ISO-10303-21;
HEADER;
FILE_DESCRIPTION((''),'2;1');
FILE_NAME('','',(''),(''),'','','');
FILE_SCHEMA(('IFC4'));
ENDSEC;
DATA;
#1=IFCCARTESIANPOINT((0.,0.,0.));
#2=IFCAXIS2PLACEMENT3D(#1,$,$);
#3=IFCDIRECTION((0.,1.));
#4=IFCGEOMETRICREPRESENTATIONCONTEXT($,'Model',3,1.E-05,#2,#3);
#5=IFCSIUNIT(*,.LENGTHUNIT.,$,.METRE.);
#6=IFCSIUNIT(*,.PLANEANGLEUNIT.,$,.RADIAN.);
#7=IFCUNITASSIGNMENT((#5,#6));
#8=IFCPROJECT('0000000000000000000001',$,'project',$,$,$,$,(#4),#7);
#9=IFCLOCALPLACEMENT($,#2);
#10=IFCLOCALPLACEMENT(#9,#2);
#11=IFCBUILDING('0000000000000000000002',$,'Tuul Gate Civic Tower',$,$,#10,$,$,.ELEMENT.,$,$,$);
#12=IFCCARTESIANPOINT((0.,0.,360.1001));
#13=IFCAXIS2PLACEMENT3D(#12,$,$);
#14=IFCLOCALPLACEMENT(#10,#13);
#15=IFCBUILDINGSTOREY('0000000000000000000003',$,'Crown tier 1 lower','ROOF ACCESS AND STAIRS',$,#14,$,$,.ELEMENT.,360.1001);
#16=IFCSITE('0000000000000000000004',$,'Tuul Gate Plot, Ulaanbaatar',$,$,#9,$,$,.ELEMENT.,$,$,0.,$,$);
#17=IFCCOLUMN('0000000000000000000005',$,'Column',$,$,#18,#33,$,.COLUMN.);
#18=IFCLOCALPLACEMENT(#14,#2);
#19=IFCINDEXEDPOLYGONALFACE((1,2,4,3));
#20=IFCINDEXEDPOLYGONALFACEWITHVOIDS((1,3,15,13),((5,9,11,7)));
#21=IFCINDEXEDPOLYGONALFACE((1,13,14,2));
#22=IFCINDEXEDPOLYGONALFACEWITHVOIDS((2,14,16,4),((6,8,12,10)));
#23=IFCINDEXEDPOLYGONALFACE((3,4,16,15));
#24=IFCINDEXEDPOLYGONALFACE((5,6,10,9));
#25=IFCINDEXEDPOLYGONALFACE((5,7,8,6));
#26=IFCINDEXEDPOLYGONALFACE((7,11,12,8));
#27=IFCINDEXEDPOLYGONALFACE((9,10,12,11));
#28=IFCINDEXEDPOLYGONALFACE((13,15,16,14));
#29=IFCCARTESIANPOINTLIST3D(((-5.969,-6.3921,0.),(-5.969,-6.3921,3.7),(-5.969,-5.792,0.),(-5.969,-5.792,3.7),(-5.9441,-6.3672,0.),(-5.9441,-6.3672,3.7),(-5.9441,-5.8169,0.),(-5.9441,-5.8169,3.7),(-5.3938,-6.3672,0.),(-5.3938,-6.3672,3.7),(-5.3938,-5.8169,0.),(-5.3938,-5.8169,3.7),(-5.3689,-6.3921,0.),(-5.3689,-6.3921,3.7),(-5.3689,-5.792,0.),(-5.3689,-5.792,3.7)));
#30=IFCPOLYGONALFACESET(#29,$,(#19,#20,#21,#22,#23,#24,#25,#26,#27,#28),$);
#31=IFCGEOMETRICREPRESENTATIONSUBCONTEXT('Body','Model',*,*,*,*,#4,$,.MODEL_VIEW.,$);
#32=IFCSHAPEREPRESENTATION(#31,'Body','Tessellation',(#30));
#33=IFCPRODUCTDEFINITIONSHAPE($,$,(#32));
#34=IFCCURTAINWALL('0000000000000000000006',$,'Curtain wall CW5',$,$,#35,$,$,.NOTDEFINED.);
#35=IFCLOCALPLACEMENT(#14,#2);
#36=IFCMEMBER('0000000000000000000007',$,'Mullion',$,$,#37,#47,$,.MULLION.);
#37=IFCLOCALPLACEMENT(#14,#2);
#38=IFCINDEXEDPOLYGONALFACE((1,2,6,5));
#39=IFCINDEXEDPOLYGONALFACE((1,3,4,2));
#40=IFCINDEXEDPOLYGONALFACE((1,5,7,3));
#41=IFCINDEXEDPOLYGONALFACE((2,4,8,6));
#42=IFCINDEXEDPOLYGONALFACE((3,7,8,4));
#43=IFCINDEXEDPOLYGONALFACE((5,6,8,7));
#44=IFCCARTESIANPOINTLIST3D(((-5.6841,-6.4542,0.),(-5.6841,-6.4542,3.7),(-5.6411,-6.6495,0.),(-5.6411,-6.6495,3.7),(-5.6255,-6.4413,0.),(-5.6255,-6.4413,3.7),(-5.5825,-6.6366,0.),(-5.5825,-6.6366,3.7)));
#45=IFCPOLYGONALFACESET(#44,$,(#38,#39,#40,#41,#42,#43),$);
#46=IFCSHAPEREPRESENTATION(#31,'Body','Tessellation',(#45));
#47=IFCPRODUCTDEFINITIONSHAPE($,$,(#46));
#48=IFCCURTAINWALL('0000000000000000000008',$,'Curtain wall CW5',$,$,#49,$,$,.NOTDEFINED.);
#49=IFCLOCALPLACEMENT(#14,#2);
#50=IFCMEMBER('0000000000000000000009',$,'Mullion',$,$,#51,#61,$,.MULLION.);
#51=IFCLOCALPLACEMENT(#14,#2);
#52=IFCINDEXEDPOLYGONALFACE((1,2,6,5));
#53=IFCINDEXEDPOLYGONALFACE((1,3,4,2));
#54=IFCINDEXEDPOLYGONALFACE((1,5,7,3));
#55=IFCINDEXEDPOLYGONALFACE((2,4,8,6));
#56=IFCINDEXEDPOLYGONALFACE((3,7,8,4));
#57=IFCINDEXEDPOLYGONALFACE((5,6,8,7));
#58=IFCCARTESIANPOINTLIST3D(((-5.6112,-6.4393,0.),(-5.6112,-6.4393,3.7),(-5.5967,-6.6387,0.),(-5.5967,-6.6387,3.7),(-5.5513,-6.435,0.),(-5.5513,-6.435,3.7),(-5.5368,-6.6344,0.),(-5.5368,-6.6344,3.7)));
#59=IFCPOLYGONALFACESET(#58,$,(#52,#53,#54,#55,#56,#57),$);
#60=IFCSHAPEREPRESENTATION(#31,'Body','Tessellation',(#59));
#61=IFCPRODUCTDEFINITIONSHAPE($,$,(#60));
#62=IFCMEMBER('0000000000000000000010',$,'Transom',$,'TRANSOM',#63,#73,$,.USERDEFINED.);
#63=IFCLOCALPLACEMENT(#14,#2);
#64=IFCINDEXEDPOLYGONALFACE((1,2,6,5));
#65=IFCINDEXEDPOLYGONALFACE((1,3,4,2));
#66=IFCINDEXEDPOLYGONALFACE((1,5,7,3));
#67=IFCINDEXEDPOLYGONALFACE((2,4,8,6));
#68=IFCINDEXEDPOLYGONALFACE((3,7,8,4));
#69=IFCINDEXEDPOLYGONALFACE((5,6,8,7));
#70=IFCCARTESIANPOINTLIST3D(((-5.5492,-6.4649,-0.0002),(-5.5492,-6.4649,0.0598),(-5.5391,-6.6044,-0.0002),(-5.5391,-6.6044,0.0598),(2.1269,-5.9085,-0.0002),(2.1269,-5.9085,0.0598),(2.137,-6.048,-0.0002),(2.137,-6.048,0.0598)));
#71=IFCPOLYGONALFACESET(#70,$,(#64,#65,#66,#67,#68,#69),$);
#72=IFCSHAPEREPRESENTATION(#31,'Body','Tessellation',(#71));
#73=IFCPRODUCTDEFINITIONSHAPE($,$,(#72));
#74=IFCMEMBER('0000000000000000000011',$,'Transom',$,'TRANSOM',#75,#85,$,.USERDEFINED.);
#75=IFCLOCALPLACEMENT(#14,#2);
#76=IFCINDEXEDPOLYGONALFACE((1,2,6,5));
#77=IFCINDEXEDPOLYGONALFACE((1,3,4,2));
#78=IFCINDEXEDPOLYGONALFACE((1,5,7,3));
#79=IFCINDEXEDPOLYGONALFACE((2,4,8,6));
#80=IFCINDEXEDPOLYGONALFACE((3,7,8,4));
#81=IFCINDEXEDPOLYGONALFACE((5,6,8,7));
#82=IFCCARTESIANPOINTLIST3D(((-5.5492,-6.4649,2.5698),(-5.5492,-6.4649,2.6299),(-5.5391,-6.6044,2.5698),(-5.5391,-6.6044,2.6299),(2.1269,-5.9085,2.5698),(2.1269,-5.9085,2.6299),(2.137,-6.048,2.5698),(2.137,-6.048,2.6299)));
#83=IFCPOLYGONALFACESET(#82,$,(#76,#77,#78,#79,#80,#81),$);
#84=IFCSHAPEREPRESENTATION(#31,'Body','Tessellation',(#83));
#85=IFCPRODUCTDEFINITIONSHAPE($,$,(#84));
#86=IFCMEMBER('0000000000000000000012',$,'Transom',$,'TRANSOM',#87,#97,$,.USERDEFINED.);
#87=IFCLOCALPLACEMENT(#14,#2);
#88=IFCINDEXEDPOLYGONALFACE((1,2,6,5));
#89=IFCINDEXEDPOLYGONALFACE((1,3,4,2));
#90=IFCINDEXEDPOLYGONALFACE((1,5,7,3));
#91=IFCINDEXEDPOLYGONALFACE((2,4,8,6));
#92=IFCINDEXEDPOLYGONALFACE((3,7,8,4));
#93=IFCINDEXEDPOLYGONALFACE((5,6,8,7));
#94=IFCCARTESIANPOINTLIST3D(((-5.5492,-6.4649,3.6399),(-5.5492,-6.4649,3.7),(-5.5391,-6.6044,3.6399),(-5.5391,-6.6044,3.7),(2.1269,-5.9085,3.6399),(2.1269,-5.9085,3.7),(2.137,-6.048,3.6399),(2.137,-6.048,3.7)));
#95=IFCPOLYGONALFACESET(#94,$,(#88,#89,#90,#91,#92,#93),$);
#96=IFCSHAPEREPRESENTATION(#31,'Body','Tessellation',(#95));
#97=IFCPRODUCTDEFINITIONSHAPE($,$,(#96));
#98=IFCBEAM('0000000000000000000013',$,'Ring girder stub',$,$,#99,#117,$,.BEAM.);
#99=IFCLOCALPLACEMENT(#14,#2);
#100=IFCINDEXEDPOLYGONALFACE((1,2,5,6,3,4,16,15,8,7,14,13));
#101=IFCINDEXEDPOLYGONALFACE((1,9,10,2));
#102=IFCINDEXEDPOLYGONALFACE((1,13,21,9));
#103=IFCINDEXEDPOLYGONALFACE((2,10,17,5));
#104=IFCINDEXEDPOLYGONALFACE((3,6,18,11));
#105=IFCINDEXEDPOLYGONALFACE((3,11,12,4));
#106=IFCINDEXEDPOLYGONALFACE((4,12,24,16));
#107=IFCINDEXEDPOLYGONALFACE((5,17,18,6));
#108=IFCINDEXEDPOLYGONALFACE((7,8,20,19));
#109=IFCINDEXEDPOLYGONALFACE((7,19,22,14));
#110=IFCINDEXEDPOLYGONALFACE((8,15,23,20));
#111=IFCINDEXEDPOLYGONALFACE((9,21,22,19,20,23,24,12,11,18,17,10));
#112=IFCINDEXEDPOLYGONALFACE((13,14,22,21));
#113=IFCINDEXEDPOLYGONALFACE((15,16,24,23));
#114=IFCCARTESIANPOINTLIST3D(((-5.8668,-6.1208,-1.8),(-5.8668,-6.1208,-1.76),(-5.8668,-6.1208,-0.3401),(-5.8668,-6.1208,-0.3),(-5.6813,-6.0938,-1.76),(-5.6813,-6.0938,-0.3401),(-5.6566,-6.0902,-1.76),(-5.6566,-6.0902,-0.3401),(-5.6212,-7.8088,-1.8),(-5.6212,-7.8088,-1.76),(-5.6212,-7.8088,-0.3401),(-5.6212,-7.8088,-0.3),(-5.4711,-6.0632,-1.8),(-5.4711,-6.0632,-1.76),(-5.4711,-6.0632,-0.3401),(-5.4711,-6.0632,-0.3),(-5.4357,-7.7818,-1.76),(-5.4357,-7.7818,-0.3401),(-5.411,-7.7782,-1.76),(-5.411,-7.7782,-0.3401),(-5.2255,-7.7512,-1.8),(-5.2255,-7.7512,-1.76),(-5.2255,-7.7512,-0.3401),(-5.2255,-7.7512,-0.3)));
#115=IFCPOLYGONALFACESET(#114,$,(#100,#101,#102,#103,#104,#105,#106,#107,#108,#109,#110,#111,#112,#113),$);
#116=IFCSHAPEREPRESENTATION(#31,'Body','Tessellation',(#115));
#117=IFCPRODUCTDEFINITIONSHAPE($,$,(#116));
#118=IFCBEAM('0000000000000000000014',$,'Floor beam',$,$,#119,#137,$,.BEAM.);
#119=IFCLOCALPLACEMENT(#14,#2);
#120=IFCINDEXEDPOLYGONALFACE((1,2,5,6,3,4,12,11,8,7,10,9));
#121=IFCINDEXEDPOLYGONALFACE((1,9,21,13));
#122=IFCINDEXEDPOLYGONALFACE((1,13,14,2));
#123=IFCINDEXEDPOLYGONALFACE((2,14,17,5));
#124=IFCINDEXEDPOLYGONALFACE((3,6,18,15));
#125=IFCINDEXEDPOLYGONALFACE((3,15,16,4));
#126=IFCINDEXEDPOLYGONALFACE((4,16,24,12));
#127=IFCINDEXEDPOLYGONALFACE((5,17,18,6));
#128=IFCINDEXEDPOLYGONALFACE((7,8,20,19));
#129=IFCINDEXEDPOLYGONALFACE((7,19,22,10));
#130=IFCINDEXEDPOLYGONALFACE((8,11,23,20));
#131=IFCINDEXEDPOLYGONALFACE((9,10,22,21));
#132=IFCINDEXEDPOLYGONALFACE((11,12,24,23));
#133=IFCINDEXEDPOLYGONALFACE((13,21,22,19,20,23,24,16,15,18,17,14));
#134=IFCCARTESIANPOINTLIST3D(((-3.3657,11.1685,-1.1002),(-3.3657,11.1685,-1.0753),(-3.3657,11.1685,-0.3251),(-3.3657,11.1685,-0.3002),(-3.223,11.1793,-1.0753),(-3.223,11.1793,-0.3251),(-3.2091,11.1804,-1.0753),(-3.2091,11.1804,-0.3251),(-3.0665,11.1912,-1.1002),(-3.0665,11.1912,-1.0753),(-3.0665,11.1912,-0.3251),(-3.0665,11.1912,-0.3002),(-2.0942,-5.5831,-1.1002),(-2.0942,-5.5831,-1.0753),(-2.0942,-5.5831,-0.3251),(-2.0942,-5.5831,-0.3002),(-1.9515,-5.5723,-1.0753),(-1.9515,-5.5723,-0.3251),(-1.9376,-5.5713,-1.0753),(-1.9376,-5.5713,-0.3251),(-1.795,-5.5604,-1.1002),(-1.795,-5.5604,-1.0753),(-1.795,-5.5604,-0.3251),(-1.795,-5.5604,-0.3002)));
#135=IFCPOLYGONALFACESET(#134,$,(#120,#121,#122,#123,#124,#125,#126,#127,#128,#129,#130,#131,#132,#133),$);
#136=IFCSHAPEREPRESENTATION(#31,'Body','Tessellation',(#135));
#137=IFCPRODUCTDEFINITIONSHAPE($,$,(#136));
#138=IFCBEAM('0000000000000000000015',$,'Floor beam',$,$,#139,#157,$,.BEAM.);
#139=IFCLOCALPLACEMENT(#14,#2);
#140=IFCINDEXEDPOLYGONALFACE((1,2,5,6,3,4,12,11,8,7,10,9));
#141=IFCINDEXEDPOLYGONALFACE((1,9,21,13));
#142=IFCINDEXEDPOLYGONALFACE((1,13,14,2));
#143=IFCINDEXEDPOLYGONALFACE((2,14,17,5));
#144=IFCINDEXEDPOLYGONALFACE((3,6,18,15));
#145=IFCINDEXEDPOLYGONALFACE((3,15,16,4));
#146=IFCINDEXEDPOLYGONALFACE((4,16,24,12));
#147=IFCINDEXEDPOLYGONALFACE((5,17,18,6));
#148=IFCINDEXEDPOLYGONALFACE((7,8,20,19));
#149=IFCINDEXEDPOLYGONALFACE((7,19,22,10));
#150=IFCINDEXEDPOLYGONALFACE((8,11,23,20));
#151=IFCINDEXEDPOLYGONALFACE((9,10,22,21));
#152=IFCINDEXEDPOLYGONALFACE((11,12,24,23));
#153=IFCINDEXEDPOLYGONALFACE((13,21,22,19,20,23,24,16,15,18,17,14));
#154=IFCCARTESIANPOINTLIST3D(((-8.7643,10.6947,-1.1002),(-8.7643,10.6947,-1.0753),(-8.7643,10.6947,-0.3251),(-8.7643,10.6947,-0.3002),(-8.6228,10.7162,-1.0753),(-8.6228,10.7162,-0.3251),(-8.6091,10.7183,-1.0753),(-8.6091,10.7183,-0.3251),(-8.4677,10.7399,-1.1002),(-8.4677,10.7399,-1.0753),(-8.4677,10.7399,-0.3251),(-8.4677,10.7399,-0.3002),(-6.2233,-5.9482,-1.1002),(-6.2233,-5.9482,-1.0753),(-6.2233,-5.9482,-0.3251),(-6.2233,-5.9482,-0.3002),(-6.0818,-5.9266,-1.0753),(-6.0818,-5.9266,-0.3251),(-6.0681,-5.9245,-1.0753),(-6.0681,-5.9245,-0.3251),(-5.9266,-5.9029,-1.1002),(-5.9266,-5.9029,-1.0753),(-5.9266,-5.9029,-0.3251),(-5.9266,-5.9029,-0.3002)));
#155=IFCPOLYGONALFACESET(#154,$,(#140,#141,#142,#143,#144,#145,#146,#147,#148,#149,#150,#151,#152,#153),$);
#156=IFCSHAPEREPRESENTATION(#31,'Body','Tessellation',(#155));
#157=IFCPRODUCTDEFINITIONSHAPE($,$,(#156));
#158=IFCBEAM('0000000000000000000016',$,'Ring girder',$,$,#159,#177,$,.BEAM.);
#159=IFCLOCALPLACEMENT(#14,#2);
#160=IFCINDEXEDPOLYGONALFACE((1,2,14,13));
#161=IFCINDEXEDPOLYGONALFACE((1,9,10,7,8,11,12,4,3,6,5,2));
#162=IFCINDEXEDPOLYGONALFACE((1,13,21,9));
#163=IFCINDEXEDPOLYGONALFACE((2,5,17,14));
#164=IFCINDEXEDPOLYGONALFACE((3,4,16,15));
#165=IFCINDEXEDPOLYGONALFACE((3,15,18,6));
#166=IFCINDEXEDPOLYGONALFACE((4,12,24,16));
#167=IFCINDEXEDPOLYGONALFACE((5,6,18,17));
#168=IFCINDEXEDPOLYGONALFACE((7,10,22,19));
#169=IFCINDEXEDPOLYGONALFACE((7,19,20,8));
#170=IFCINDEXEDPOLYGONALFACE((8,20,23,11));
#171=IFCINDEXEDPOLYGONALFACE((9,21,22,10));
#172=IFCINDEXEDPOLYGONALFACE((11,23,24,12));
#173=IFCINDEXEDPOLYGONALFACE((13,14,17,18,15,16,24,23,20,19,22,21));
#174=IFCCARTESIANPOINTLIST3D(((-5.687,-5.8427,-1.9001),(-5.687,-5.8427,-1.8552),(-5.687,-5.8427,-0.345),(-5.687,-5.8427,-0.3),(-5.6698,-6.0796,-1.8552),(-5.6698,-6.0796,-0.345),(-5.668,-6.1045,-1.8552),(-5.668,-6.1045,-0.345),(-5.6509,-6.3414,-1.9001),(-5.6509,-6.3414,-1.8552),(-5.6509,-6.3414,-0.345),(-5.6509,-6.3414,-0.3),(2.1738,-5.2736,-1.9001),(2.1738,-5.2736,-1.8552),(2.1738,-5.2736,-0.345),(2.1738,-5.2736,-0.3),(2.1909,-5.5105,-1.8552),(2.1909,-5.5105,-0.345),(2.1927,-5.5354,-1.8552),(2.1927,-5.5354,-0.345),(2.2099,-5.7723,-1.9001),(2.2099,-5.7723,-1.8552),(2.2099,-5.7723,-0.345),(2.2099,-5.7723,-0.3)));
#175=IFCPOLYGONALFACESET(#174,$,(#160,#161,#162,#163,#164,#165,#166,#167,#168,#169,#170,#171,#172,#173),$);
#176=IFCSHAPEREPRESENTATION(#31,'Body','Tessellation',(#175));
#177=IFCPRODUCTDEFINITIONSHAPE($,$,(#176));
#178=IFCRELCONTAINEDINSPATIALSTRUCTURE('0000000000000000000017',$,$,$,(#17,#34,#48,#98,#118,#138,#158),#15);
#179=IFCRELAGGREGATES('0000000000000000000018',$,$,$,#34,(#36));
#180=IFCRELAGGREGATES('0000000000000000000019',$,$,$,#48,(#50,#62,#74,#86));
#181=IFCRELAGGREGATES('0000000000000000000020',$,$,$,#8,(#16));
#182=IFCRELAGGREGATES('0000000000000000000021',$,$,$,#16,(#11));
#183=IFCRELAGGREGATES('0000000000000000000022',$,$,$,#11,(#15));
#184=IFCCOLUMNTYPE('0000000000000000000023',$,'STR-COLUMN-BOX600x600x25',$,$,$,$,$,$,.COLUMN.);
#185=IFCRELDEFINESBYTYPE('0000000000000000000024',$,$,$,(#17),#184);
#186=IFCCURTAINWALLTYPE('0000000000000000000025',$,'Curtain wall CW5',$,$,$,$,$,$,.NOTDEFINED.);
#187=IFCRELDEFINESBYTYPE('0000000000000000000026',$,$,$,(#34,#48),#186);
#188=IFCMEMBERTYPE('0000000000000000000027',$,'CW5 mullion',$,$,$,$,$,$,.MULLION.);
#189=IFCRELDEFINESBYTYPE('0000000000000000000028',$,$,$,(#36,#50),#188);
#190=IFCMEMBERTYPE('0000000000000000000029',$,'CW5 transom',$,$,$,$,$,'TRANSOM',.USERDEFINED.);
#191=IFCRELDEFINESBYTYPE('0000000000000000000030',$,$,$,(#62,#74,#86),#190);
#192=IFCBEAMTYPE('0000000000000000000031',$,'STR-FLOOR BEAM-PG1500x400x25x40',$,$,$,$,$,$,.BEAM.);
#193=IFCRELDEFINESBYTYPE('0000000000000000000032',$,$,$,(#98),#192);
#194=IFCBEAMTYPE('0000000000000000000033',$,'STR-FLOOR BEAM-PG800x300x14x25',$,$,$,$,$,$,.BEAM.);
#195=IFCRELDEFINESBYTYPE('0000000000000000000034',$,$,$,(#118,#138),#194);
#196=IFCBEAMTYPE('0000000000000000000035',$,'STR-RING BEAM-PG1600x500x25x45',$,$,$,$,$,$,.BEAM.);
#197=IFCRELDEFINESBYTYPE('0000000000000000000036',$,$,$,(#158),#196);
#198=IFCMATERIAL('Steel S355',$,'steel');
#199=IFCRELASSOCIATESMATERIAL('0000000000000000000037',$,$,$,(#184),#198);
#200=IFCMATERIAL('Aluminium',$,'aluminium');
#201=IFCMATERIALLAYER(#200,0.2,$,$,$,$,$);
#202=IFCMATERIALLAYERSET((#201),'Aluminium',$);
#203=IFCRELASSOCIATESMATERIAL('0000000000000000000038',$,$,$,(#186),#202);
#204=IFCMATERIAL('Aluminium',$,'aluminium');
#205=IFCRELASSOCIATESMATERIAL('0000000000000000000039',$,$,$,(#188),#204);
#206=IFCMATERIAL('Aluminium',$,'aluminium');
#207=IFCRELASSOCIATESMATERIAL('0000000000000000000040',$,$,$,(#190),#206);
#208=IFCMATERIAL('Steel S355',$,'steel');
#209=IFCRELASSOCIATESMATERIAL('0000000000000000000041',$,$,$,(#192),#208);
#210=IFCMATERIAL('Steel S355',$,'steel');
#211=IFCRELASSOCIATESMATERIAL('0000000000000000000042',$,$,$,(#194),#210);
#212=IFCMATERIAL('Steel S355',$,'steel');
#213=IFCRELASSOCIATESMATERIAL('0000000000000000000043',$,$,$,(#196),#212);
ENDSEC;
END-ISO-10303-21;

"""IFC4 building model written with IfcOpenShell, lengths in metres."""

from ifc_helpers import new_model, si_unit, direction, frame, origin, origin_2d, place, context, subcontext, project, spatial, rectangle, hollow_rectangle, i_section, extrude, material, layer, layer_set, material_profile, profile_set, type_object, element, aggregate, save


model = new_model("IFC4")

# Units and contexts
model_context = context("Model", 3, precision=1e-05, world=origin(), true_north=direction((0.0, 1.0)))
body_context = subcontext(model_context, "Body", "Model", "MODEL_VIEW")
ifc_project = project(units=[si_unit("LENGTHUNIT", "METRE"), si_unit("PLANEANGLEUNIT", "RADIAN")], contexts=[model_context])

# Site, building, storey
site_placement = place(None, origin())
site = spatial("IfcSite", under=ifc_project, at=site_placement, Name="Tuul Gate Plot, Ulaanbaatar", CompositionType="ELEMENT", RefElevation=0.0)
building_placement = place(site_placement, origin())
building = spatial("IfcBuilding", under=site, at=building_placement, Name="Tuul Gate Civic Tower", CompositionType="ELEMENT")
storey_placement = place(building_placement, frame((0.0, 0.0, 360.1001)))
storey = spatial("IfcBuildingStorey", under=building, at=storey_placement, Name="Crown tier 1 lower", Description="ROOF ACCESS AND STAIRS", CompositionType="ELEMENT", Elevation=360.1001)

# Column
ifc_material_1 = material(Name="Steel S355", Category="steel")
ifc_material_profile_1 = material_profile(ifc_material_1, hollow_rectangle(XDim=0.6001, YDim=0.6001, WallThickness=0.0249, at=origin_2d()), Name="BOX600x600x25")
ifc_profile_set_1 = profile_set([ifc_material_profile_1], Name="Steel S355")
column_type = type_object("IfcColumnType", Name="STR-COLUMN-BOX600x600x25", PredefinedType="COLUMN", material=ifc_profile_set_1)
column_placement = place(storey_placement, frame((-5.6689, -6.092, 0.0), z_axis=(0.0, 0.0, 1.0), x_axis=(1.0, 0.0, 0.0)))
element("IfcColumn", 1, at=column_placement, inside=storey, type_object=column_type, Name="Column", PredefinedType="COLUMN", context=body_context, shape_type="SweptSolid", body=[
    extrude(hollow_rectangle(XDim=0.6001, YDim=0.6001, WallThickness=0.0249, at=origin_2d()), origin(), (0.0, 0.0, 1.0), 3.7),
])

# Curtain wall, member
ifc_material_2 = material(Name="Aluminium", Category="aluminium")
ifc_layer_1 = layer(ifc_material_2, 0.2)
ifc_layer_set_1 = layer_set([ifc_layer_1], Name="Aluminium")
curtain_wall_type = type_object("IfcCurtainWallType", Name="Curtain wall CW5", PredefinedType="NOTDEFINED", material=ifc_layer_set_1)
curtain_wall_1_placement = place(storey_placement, origin())
curtain_wall_1 = element("IfcCurtainWall", 2, at=curtain_wall_1_placement, inside=storey, type_object=curtain_wall_type, Name="Curtain wall CW5", PredefinedType="NOTDEFINED")
ifc_material_3 = material(Name="Aluminium", Category="aluminium")
ifc_material_profile_2 = material_profile(ifc_material_3, rectangle(XDim=0.2, YDim=0.0601, at=origin_2d()), Name="CW5 mullion")
ifc_profile_set_2 = profile_set([ifc_material_profile_2], Name="Aluminium")
member_type_1 = type_object("IfcMemberType", Name="CW5 mullion", PredefinedType="MULLION", material=ifc_profile_set_2)
member_1_placement = place(storey_placement, frame((-5.6333, -6.5454, 0.0), z_axis=(0.0, 0.0, 1.0), x_axis=(-0.215196, 0.976571, 0.0)))
member_1 = element("IfcMember", 3, at=member_1_placement, type_object=member_type_1, Name="Mullion", PredefinedType="MULLION", context=body_context, shape_type="SweptSolid", body=[
    extrude(rectangle(XDim=0.2, YDim=0.0601, at=origin_2d()), origin(), (0.0, 0.0, 1.0), 3.7),
])
aggregate(curtain_wall_1, [member_1])

# Curtain wall, members
curtain_wall_2_placement = place(storey_placement, origin())
curtain_wall_2 = element("IfcCurtainWall", 4, at=curtain_wall_2_placement, inside=storey, type_object=curtain_wall_type, Name="Curtain wall CW5", PredefinedType="NOTDEFINED")
member_2_placement = place(storey_placement, frame((-5.574, -6.5369, 0.0), z_axis=(0.0, 0.0, 1.0), x_axis=(-0.072283, 0.997384, 0.0)))
member_2 = element("IfcMember", 5, at=member_2_placement, type_object=member_type_1, Name="Mullion", PredefinedType="MULLION", context=body_context, shape_type="SweptSolid", body=[
    extrude(rectangle(XDim=0.2, YDim=0.0601, at=origin_2d()), origin(), (0.0, 0.0, 1.0), 3.7),
])
ifc_material_4 = material(Name="Aluminium", Category="aluminium")
ifc_material_profile_3 = material_profile(ifc_material_4, rectangle(XDim=0.1399, YDim=0.0601, at=origin_2d()), Name="CW5 transom")
ifc_profile_set_3 = profile_set([ifc_material_profile_3], Name="Aluminium")
member_type_2 = type_object("IfcMemberType", Name="CW5 transom", ElementType="TRANSOM", PredefinedType="USERDEFINED", material=ifc_profile_set_3)
member_3_placement = place(storey_placement, frame((-5.5442, -6.5347, 0.0298), z_axis=(0.997383, 0.072293, 0.0), x_axis=(-0.072293, 0.997383, 0.0)))
member_3 = element("IfcMember", 6, at=member_3_placement, type_object=member_type_2, Name="Transom", ObjectType="TRANSOM", PredefinedType="USERDEFINED", context=body_context, shape_type="SweptSolid", body=[
    extrude(rectangle(XDim=0.1399, YDim=0.0601, at=origin_2d()), origin(), (0.0, 0.0, 1.0), 7.6963),
])
member_4_placement = place(storey_placement, frame((-5.5442, -6.5347, 2.5999), z_axis=(0.997383, 0.072293, 0.0), x_axis=(-0.072293, 0.997383, 0.0)))
member_4 = element("IfcMember", 7, at=member_4_placement, type_object=member_type_2, Name="Transom", ObjectType="TRANSOM", PredefinedType="USERDEFINED", context=body_context, shape_type="SweptSolid", body=[
    extrude(rectangle(XDim=0.1399, YDim=0.0601, at=origin_2d()), origin(), (0.0, 0.0, 1.0), 7.6963),
])
member_5_placement = place(storey_placement, frame((-5.5442, -6.5347, 3.6699), z_axis=(0.997383, 0.072293, 0.0), x_axis=(-0.072293, 0.997383, 0.0)))
member_5 = element("IfcMember", 8, at=member_5_placement, type_object=member_type_2, Name="Transom", ObjectType="TRANSOM", PredefinedType="USERDEFINED", context=body_context, shape_type="SweptSolid", body=[
    extrude(rectangle(XDim=0.1399, YDim=0.0601, at=origin_2d()), origin(), (0.0, 0.0, 1.0), 7.6963),
])

# Beams
ifc_material_5 = material(Name="Steel S355", Category="steel")
ifc_material_profile_4 = material_profile(ifc_material_5, i_section(OverallWidth=0.3999, OverallDepth=1.5, WebThickness=0.0249, FlangeThickness=0.04, at=origin_2d()), Name="PG1500x400x25x40")
ifc_profile_set_4 = profile_set([ifc_material_profile_4], Name="Steel S355")
beam_type_1 = type_object("IfcBeamType", Name="STR-FLOOR BEAM-PG1500x400x25x40", PredefinedType="BEAM", material=ifc_profile_set_4)
beam_1_placement = place(storey_placement, frame((-5.4233, -7.78, -1.05), z_axis=(-0.143986, 0.98958, 0.0), x_axis=(-0.98958, -0.143986, 0.0)))
element("IfcBeam", 9, at=beam_1_placement, inside=storey, type_object=beam_type_1, Name="Ring girder stub", PredefinedType="BEAM", context=body_context, shape_type="SweptSolid", body=[
    extrude(i_section(OverallWidth=0.3999, OverallDepth=1.5, WebThickness=0.0249, FlangeThickness=0.04, at=origin_2d()), origin(), (0.0, 0.0, 1.0), 1.7058),
])
ifc_material_6 = material(Name="Steel S355", Category="steel")
ifc_material_profile_5 = material_profile(ifc_material_6, i_section(OverallWidth=0.3, OverallDepth=0.8, WebThickness=0.0139, FlangeThickness=0.0249, at=origin_2d()), Name="PG800x300x14x25")
ifc_profile_set_5 = profile_set([ifc_material_profile_5], Name="Steel S355")
beam_type_2 = type_object("IfcBeamType", Name="STR-FLOOR BEAM-PG800x300x14x25", PredefinedType="BEAM", material=ifc_profile_set_5)
beam_2_placement = place(storey_placement, frame((-1.9446, -5.5718, -0.7002), z_axis=(-0.075684, 0.997132, 0.0), x_axis=(-0.997132, -0.075684, 0.0)))
element("IfcBeam", 10, at=beam_2_placement, inside=storey, type_object=beam_type_2, Name="Floor beam", PredefinedType="BEAM", context=body_context, shape_type="SweptSolid", body=[
    extrude(i_section(OverallWidth=0.3, OverallDepth=0.8, WebThickness=0.0139, FlangeThickness=0.0249, at=origin_2d()), origin(), (0.0, 0.0, 1.0), 16.7998),
])
beam_3_placement = place(storey_placement, frame((-6.075, -5.9255, -0.7002), z_axis=(-0.15093, 0.988544, 0.0), x_axis=(-0.988544, -0.15093, 0.0)))
element("IfcBeam", 11, at=beam_3_placement, inside=storey, type_object=beam_type_2, Name="Floor beam", PredefinedType="BEAM", context=body_context, shape_type="SweptSolid", body=[
    extrude(i_section(OverallWidth=0.3, OverallDepth=0.8, WebThickness=0.0139, FlangeThickness=0.0249, at=origin_2d()), origin(), (0.0, 0.0, 1.0), 16.8357),
])
ifc_material_7 = material(Name="Steel S355", Category="steel")
ifc_material_profile_6 = material_profile(ifc_material_7, i_section(OverallWidth=0.5, OverallDepth=1.6001, WebThickness=0.0249, FlangeThickness=0.0449, at=origin_2d()), Name="PG1600x500x25x45")
ifc_profile_set_6 = profile_set([ifc_material_profile_6], Name="Steel S355")
beam_type_3 = type_object("IfcBeamType", Name="STR-RING BEAM-PG1600x500x25x45", PredefinedType="BEAM", material=ifc_profile_set_6)
beam_4_placement = place(storey_placement, frame((-5.6689, -6.092, -1.1001), z_axis=(0.99739, 0.072207, 0.0), x_axis=(-0.072207, 0.99739, 0.0)))
element("IfcBeam", 12, at=beam_4_placement, inside=storey, type_object=beam_type_3, Name="Ring girder", PredefinedType="BEAM", context=body_context, shape_type="SweptSolid", body=[
    extrude(i_section(OverallWidth=0.5, OverallDepth=1.6001, WebThickness=0.0249, FlangeThickness=0.0449, at=origin_2d()), origin(), (0.0, 0.0, 1.0), 7.8813),
])

aggregate(curtain_wall_2, [member_2, member_3, member_4, member_5])

save(model, "model.ifc")
